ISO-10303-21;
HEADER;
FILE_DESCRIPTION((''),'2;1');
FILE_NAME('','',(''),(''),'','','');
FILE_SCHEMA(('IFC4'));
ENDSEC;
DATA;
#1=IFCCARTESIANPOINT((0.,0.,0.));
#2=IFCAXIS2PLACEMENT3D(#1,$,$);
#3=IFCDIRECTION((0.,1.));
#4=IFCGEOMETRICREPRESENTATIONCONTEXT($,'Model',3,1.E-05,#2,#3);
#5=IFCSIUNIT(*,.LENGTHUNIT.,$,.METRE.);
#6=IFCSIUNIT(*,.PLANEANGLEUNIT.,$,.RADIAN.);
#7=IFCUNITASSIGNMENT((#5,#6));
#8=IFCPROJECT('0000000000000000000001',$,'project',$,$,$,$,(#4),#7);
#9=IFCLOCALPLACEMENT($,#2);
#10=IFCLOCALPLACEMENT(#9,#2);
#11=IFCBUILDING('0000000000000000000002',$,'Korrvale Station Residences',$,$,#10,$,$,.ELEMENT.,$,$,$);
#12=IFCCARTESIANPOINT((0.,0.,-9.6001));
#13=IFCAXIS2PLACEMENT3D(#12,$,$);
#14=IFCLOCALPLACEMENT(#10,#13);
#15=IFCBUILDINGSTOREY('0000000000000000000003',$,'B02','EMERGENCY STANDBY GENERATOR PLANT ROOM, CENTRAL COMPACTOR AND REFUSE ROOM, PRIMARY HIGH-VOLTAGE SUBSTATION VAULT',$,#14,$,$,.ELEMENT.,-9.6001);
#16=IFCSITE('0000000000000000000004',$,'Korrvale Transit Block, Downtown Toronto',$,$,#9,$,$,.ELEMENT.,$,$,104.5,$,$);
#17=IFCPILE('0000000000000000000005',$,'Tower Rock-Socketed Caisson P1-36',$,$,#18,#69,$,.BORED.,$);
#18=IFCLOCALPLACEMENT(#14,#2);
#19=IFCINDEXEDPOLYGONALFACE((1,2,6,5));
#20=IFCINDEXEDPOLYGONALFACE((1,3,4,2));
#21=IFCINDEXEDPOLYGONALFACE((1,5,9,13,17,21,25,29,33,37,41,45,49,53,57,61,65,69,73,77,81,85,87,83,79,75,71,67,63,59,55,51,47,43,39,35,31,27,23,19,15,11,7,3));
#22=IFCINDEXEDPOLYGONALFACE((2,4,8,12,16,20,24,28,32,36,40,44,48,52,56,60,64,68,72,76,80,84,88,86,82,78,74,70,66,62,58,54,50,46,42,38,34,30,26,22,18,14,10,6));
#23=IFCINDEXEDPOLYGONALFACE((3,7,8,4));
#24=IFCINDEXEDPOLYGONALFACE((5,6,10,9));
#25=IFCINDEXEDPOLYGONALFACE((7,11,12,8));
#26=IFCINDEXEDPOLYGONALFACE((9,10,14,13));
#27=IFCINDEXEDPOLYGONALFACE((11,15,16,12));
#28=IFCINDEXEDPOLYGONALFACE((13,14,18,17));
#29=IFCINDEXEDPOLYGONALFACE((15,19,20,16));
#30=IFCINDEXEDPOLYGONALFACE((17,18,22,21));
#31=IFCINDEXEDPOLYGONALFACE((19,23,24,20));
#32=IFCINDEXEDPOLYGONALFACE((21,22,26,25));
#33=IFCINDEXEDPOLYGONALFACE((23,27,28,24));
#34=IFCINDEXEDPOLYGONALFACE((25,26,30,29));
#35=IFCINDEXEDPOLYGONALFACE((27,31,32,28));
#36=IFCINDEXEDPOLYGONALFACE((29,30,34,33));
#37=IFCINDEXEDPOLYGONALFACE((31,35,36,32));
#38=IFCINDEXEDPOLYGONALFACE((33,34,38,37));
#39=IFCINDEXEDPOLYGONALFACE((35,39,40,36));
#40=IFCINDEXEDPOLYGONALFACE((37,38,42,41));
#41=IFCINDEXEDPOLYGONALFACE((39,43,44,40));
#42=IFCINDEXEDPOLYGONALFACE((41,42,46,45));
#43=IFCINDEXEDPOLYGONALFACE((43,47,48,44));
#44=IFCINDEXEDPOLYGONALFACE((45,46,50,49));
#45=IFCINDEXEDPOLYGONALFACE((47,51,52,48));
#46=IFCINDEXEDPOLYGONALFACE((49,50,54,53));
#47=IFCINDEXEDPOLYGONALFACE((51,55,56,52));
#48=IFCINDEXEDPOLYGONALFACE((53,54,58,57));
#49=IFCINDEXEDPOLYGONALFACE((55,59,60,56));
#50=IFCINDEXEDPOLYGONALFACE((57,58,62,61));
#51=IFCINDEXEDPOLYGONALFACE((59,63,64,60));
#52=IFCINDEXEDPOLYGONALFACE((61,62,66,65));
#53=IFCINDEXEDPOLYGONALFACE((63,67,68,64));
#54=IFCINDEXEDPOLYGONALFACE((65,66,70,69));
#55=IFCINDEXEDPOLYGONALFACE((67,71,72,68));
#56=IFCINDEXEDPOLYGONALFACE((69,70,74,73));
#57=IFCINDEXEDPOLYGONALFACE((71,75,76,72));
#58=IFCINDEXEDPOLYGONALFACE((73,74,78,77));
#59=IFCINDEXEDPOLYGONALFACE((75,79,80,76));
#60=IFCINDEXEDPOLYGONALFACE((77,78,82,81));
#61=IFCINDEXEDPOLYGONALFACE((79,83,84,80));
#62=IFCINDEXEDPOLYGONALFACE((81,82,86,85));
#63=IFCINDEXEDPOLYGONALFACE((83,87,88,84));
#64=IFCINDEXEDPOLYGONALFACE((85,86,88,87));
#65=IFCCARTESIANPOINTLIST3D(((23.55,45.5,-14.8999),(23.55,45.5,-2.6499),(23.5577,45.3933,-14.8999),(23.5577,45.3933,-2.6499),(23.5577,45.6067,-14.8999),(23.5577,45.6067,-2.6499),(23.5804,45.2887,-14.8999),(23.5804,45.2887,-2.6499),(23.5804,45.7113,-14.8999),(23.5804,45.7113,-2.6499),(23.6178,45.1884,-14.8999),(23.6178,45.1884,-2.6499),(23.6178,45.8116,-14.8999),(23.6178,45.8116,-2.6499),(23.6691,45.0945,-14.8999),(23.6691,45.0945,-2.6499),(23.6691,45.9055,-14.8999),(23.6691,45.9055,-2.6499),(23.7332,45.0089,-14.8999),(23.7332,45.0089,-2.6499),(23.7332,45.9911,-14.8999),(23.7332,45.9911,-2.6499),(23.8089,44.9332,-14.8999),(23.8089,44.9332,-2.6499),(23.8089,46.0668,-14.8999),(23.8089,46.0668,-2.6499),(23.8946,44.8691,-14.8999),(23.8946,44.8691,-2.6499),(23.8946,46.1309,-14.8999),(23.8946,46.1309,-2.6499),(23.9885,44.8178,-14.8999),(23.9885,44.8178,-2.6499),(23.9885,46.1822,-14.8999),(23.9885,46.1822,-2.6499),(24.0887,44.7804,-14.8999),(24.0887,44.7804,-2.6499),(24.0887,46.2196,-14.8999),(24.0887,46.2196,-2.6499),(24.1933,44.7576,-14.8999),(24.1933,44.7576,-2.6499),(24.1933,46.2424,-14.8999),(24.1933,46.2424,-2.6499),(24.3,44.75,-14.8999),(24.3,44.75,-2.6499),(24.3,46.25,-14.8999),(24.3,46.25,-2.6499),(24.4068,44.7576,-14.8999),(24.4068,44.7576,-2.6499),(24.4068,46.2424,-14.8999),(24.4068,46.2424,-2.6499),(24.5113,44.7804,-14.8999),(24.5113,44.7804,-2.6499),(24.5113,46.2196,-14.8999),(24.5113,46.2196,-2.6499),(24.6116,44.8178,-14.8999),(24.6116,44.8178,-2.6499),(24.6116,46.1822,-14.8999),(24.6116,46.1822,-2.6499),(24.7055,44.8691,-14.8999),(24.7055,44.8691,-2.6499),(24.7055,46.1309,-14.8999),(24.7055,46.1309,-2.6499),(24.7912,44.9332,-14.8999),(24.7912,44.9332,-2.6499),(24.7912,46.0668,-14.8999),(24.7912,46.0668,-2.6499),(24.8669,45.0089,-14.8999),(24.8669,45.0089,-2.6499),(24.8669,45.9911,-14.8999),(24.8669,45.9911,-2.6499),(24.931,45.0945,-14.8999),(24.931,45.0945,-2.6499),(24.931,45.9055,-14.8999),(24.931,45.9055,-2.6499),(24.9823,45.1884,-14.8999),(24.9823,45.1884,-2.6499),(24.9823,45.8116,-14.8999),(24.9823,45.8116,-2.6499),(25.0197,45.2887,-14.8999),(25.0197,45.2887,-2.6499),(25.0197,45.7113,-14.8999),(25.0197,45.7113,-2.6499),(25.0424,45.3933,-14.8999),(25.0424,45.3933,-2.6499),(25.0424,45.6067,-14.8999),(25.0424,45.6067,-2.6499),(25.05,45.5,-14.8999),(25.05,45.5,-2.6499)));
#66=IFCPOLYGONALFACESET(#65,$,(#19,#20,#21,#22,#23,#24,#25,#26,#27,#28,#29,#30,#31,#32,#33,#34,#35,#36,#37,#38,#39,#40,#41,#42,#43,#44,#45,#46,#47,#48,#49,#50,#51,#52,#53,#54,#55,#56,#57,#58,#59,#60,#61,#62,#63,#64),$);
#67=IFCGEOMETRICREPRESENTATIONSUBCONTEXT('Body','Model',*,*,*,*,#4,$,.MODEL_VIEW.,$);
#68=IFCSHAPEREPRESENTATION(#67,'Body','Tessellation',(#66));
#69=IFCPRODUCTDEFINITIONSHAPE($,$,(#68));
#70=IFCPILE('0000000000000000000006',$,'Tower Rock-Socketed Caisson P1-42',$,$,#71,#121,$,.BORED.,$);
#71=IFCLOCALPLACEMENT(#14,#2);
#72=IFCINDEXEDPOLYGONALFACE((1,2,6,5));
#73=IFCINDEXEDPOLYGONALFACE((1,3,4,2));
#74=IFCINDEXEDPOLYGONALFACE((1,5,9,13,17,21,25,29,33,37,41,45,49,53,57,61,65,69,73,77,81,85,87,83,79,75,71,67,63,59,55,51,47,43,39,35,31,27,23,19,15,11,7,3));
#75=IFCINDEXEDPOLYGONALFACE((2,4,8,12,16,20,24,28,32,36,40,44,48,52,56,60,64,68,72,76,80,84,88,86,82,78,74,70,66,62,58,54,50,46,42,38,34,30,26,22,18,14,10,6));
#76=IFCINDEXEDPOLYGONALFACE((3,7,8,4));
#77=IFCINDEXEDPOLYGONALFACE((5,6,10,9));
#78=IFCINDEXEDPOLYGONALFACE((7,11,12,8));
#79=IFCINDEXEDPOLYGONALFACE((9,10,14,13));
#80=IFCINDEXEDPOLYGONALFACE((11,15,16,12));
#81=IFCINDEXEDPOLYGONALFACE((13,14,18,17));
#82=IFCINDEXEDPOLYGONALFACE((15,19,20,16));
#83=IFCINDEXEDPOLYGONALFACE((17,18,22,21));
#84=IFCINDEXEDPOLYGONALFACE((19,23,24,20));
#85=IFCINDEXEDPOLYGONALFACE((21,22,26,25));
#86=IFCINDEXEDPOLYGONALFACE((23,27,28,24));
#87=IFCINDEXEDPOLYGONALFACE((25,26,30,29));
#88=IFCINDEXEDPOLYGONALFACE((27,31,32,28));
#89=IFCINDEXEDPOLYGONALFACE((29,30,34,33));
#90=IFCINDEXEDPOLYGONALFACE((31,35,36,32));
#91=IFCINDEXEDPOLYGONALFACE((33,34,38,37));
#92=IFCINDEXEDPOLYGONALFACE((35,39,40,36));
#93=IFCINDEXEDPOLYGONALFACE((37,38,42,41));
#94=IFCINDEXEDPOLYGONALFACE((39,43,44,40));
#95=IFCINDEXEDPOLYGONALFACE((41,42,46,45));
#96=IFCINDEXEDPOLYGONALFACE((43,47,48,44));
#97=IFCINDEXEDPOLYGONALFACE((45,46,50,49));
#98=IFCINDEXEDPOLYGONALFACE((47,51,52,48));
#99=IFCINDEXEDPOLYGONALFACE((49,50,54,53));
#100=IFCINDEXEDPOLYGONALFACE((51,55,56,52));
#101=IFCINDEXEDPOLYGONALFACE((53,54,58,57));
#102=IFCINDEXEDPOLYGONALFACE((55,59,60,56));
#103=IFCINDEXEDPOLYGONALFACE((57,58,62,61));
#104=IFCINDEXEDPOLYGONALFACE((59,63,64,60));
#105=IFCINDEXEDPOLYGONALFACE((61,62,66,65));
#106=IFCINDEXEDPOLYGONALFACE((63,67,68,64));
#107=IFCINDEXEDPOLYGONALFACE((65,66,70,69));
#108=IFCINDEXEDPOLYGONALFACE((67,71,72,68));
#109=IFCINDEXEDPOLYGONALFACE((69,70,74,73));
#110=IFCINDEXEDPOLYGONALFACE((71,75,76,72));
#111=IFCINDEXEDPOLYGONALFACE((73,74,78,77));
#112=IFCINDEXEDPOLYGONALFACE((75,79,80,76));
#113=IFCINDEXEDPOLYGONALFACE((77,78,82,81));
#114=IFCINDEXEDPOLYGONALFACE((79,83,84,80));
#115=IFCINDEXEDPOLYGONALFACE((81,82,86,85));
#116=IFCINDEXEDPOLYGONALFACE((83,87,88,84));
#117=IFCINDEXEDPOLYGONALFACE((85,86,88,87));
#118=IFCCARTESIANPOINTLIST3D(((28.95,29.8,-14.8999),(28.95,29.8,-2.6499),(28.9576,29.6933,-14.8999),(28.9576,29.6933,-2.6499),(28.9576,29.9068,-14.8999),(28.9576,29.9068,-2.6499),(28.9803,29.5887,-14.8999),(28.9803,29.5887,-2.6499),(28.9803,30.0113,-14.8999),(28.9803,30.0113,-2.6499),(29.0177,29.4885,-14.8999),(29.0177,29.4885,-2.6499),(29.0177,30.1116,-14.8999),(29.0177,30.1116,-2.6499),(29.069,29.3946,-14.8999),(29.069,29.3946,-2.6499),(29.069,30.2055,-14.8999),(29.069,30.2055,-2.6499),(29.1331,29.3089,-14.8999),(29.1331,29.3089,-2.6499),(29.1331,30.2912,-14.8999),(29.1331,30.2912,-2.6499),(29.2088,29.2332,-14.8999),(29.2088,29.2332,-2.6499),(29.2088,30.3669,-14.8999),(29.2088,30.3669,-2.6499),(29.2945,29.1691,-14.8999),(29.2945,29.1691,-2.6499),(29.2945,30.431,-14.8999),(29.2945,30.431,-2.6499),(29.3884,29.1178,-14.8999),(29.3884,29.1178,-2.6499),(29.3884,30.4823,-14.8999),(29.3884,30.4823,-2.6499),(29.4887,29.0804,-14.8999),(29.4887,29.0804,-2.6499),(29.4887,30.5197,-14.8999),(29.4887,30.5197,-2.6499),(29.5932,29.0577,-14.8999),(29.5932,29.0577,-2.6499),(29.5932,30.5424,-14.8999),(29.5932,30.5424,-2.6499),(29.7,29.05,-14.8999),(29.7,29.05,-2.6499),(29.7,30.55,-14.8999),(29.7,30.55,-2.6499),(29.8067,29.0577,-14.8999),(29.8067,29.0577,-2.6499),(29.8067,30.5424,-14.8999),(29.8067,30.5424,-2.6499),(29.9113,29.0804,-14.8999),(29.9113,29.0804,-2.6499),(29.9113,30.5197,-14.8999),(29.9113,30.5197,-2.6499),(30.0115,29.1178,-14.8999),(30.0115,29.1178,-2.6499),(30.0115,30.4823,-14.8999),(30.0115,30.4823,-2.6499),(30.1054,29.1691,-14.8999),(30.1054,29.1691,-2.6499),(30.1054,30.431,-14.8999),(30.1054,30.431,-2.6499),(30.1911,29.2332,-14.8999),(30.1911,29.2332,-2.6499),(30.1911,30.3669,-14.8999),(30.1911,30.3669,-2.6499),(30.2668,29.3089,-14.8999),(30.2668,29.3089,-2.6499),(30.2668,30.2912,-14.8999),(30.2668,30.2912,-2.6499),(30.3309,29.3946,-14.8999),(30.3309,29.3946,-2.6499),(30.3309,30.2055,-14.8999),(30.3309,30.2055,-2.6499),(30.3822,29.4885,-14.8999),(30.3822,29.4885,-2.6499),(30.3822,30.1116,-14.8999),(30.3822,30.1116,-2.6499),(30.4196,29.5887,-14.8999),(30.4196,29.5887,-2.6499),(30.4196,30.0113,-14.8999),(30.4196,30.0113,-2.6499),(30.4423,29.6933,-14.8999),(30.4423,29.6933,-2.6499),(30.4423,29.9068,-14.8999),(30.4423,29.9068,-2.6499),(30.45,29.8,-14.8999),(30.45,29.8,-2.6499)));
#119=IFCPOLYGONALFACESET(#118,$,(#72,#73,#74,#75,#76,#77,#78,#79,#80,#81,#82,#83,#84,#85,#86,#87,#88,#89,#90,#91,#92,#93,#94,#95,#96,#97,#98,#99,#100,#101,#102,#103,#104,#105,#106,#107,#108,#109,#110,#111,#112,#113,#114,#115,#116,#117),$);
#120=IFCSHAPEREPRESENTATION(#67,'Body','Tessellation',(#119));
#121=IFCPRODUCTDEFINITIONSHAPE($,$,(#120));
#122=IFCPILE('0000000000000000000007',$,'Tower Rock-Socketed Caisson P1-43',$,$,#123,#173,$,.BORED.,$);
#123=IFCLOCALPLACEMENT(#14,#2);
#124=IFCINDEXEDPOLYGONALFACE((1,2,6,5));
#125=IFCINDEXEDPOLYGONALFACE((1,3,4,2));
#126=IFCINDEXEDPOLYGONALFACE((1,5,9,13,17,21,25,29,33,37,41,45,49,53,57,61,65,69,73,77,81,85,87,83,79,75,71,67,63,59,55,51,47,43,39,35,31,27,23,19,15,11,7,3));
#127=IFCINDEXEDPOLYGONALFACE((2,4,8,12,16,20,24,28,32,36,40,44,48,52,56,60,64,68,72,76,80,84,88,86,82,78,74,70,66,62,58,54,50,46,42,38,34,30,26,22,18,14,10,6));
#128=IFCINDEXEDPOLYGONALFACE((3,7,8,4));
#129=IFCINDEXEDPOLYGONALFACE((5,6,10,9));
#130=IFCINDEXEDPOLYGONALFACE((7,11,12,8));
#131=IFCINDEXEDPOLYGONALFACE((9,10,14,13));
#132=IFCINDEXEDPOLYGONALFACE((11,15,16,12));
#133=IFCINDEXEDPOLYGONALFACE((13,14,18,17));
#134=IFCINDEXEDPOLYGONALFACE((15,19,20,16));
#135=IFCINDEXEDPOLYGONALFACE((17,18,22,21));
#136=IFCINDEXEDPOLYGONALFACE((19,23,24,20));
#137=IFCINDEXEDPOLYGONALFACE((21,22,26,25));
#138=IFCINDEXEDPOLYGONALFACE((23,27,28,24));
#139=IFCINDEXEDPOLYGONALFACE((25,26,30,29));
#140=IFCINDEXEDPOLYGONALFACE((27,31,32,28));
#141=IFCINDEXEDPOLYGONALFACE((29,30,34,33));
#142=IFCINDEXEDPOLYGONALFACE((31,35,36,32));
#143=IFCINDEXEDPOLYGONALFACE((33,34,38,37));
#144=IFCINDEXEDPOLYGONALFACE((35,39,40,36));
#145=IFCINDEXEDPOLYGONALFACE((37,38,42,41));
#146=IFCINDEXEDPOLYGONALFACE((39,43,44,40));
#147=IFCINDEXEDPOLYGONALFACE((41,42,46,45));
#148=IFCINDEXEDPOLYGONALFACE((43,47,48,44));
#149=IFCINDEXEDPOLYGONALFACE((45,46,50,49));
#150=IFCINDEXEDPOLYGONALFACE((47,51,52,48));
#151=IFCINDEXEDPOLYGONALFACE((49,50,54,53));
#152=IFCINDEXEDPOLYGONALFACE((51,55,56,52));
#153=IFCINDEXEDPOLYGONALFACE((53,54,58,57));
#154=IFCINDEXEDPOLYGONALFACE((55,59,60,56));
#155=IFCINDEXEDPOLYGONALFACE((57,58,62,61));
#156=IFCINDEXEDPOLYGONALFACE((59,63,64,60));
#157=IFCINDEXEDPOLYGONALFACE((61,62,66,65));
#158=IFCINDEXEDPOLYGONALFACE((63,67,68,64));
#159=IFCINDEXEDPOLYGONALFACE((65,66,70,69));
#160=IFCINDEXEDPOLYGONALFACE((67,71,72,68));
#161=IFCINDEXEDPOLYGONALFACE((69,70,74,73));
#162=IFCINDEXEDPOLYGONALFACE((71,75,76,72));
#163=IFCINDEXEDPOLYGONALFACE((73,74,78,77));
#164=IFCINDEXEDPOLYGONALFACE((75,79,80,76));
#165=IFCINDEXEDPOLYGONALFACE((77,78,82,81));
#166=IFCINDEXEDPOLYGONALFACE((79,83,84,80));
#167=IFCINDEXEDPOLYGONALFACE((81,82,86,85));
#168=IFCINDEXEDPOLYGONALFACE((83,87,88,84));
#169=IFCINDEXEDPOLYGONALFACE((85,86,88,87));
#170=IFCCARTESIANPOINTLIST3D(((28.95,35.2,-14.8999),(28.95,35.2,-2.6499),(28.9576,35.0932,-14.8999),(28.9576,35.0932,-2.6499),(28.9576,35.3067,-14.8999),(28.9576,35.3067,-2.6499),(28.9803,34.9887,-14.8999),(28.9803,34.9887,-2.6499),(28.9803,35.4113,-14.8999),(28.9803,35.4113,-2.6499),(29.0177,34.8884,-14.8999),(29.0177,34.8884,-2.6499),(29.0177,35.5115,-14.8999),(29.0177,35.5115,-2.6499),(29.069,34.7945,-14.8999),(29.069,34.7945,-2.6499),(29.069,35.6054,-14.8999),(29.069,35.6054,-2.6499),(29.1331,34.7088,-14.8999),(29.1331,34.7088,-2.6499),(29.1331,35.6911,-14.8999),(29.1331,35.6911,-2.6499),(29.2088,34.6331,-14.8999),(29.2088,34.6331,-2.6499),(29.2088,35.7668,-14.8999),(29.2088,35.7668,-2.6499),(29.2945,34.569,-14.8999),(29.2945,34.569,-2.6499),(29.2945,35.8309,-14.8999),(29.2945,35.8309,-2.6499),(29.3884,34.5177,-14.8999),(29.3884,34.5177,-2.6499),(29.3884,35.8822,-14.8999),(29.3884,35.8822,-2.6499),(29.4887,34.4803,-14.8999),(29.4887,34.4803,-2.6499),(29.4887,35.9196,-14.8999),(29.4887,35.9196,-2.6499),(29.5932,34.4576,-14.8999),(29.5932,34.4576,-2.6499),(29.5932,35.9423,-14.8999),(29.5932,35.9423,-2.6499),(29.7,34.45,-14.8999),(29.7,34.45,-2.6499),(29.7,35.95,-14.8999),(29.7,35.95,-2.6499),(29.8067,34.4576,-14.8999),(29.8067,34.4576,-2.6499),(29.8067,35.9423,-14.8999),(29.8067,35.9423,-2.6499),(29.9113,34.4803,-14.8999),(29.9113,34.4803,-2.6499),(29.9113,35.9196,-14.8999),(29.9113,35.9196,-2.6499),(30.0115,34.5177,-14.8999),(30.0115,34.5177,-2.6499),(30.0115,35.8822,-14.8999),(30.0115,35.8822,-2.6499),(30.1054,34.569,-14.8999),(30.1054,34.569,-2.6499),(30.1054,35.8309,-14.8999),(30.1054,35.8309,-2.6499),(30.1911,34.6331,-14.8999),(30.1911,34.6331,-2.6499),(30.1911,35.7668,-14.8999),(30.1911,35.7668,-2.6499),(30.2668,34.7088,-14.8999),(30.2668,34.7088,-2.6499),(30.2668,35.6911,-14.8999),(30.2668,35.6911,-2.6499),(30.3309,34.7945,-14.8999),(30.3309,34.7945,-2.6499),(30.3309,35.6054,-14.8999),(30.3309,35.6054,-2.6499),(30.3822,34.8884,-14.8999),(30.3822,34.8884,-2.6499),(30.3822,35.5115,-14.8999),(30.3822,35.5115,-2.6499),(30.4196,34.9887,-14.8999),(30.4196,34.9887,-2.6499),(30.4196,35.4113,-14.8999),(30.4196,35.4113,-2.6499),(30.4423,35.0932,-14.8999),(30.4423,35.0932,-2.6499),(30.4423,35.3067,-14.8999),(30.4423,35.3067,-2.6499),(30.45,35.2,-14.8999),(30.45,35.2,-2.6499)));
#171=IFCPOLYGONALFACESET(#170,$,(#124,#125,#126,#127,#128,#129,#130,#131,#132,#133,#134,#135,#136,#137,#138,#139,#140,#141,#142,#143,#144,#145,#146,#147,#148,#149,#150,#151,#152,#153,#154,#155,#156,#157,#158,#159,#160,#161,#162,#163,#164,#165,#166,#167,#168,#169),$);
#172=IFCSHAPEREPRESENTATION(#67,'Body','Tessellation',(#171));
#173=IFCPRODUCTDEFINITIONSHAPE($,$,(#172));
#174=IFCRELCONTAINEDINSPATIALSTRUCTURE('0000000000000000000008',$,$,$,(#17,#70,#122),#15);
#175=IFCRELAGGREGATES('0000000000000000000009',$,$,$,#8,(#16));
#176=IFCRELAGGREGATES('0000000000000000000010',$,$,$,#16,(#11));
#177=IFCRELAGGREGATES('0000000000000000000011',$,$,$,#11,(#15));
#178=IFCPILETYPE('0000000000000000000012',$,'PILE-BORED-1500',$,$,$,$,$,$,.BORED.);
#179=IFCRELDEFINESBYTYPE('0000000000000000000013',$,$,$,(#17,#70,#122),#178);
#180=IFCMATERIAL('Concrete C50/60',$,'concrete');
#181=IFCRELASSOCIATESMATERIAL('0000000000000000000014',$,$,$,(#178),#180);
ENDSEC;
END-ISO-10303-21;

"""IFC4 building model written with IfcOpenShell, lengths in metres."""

from ifc_helpers import new_model, si_unit, direction, frame, origin, origin_2d, place, context, subcontext, project, spatial, circle, extrude, material, material_profile, profile_set, type_object, element, save


model = new_model("IFC4")

# Units and contexts
model_context = context("Model", 3, precision=1e-05, world=origin(), true_north=direction((0.0, 1.0)))
body_context = subcontext(model_context, "Body", "Model", "MODEL_VIEW")
ifc_project = project(units=[si_unit("LENGTHUNIT", "METRE"), si_unit("PLANEANGLEUNIT", "RADIAN")], contexts=[model_context])

# Site, building, storey
site_placement = place(None, origin())
site = spatial("IfcSite", under=ifc_project, at=site_placement, Name="Korrvale Transit Block, Downtown Toronto", CompositionType="ELEMENT", RefElevation=104.5)
building_placement = place(site_placement, origin())
building = spatial("IfcBuilding", under=site, at=building_placement, Name="Korrvale Station Residences", CompositionType="ELEMENT")
storey_placement = place(building_placement, frame((0.0, 0.0, -9.6001)))
storey = spatial("IfcBuildingStorey", under=building, at=storey_placement, Name="B02", Description="EMERGENCY STANDBY GENERATOR PLANT ROOM, CENTRAL COMPACTOR AND REFUSE ROOM, PRIMARY HIGH-VOLTAGE SUBSTATION VAULT", CompositionType="ELEMENT", Elevation=-9.6001)

# Piles
ifc_material_1 = material(Name="Concrete C50/60", Category="concrete")
ifc_material_profile_1 = material_profile(ifc_material_1, circle(Radius=0.75, at=origin_2d()), Name="PILE1500")
ifc_profile_set_1 = profile_set([ifc_material_profile_1], Name="Concrete C50/60")
pile_type_1 = type_object("IfcPileType", Name="PILE-BORED-1500", PredefinedType="BORED", material=ifc_profile_set_1)
for number, where, z_axis, x_axis, name in (
    (1, (24.3, 45.5, -2.6499), (0.0, 0.0, -1.0), (1.0, 0.0, 0.0), "Tower Rock-Socketed Caisson P1-36"),
    (2, (29.7, 29.8, -2.6499), (0.0, 0.0, -1.0), (1.0, 0.0, 0.0), "Tower Rock-Socketed Caisson P1-42"),
    (3, (29.7, 35.2, -2.6499), (0.0, 0.0, -1.0), (1.0, 0.0, 0.0), "Tower Rock-Socketed Caisson P1-43"),
):
    element("IfcPile", number, at=place(storey_placement, frame(where, z_axis=z_axis, x_axis=x_axis)), inside=storey, type_object=pile_type_1, Name=name, PredefinedType="BORED", context=body_context, shape_type="SweptSolid", body=[
        extrude(circle(Radius=0.75, at=origin_2d()), origin(), (0.0, 0.0, 1.0), 12.25),
    ])

save(model, "model.ifc")
